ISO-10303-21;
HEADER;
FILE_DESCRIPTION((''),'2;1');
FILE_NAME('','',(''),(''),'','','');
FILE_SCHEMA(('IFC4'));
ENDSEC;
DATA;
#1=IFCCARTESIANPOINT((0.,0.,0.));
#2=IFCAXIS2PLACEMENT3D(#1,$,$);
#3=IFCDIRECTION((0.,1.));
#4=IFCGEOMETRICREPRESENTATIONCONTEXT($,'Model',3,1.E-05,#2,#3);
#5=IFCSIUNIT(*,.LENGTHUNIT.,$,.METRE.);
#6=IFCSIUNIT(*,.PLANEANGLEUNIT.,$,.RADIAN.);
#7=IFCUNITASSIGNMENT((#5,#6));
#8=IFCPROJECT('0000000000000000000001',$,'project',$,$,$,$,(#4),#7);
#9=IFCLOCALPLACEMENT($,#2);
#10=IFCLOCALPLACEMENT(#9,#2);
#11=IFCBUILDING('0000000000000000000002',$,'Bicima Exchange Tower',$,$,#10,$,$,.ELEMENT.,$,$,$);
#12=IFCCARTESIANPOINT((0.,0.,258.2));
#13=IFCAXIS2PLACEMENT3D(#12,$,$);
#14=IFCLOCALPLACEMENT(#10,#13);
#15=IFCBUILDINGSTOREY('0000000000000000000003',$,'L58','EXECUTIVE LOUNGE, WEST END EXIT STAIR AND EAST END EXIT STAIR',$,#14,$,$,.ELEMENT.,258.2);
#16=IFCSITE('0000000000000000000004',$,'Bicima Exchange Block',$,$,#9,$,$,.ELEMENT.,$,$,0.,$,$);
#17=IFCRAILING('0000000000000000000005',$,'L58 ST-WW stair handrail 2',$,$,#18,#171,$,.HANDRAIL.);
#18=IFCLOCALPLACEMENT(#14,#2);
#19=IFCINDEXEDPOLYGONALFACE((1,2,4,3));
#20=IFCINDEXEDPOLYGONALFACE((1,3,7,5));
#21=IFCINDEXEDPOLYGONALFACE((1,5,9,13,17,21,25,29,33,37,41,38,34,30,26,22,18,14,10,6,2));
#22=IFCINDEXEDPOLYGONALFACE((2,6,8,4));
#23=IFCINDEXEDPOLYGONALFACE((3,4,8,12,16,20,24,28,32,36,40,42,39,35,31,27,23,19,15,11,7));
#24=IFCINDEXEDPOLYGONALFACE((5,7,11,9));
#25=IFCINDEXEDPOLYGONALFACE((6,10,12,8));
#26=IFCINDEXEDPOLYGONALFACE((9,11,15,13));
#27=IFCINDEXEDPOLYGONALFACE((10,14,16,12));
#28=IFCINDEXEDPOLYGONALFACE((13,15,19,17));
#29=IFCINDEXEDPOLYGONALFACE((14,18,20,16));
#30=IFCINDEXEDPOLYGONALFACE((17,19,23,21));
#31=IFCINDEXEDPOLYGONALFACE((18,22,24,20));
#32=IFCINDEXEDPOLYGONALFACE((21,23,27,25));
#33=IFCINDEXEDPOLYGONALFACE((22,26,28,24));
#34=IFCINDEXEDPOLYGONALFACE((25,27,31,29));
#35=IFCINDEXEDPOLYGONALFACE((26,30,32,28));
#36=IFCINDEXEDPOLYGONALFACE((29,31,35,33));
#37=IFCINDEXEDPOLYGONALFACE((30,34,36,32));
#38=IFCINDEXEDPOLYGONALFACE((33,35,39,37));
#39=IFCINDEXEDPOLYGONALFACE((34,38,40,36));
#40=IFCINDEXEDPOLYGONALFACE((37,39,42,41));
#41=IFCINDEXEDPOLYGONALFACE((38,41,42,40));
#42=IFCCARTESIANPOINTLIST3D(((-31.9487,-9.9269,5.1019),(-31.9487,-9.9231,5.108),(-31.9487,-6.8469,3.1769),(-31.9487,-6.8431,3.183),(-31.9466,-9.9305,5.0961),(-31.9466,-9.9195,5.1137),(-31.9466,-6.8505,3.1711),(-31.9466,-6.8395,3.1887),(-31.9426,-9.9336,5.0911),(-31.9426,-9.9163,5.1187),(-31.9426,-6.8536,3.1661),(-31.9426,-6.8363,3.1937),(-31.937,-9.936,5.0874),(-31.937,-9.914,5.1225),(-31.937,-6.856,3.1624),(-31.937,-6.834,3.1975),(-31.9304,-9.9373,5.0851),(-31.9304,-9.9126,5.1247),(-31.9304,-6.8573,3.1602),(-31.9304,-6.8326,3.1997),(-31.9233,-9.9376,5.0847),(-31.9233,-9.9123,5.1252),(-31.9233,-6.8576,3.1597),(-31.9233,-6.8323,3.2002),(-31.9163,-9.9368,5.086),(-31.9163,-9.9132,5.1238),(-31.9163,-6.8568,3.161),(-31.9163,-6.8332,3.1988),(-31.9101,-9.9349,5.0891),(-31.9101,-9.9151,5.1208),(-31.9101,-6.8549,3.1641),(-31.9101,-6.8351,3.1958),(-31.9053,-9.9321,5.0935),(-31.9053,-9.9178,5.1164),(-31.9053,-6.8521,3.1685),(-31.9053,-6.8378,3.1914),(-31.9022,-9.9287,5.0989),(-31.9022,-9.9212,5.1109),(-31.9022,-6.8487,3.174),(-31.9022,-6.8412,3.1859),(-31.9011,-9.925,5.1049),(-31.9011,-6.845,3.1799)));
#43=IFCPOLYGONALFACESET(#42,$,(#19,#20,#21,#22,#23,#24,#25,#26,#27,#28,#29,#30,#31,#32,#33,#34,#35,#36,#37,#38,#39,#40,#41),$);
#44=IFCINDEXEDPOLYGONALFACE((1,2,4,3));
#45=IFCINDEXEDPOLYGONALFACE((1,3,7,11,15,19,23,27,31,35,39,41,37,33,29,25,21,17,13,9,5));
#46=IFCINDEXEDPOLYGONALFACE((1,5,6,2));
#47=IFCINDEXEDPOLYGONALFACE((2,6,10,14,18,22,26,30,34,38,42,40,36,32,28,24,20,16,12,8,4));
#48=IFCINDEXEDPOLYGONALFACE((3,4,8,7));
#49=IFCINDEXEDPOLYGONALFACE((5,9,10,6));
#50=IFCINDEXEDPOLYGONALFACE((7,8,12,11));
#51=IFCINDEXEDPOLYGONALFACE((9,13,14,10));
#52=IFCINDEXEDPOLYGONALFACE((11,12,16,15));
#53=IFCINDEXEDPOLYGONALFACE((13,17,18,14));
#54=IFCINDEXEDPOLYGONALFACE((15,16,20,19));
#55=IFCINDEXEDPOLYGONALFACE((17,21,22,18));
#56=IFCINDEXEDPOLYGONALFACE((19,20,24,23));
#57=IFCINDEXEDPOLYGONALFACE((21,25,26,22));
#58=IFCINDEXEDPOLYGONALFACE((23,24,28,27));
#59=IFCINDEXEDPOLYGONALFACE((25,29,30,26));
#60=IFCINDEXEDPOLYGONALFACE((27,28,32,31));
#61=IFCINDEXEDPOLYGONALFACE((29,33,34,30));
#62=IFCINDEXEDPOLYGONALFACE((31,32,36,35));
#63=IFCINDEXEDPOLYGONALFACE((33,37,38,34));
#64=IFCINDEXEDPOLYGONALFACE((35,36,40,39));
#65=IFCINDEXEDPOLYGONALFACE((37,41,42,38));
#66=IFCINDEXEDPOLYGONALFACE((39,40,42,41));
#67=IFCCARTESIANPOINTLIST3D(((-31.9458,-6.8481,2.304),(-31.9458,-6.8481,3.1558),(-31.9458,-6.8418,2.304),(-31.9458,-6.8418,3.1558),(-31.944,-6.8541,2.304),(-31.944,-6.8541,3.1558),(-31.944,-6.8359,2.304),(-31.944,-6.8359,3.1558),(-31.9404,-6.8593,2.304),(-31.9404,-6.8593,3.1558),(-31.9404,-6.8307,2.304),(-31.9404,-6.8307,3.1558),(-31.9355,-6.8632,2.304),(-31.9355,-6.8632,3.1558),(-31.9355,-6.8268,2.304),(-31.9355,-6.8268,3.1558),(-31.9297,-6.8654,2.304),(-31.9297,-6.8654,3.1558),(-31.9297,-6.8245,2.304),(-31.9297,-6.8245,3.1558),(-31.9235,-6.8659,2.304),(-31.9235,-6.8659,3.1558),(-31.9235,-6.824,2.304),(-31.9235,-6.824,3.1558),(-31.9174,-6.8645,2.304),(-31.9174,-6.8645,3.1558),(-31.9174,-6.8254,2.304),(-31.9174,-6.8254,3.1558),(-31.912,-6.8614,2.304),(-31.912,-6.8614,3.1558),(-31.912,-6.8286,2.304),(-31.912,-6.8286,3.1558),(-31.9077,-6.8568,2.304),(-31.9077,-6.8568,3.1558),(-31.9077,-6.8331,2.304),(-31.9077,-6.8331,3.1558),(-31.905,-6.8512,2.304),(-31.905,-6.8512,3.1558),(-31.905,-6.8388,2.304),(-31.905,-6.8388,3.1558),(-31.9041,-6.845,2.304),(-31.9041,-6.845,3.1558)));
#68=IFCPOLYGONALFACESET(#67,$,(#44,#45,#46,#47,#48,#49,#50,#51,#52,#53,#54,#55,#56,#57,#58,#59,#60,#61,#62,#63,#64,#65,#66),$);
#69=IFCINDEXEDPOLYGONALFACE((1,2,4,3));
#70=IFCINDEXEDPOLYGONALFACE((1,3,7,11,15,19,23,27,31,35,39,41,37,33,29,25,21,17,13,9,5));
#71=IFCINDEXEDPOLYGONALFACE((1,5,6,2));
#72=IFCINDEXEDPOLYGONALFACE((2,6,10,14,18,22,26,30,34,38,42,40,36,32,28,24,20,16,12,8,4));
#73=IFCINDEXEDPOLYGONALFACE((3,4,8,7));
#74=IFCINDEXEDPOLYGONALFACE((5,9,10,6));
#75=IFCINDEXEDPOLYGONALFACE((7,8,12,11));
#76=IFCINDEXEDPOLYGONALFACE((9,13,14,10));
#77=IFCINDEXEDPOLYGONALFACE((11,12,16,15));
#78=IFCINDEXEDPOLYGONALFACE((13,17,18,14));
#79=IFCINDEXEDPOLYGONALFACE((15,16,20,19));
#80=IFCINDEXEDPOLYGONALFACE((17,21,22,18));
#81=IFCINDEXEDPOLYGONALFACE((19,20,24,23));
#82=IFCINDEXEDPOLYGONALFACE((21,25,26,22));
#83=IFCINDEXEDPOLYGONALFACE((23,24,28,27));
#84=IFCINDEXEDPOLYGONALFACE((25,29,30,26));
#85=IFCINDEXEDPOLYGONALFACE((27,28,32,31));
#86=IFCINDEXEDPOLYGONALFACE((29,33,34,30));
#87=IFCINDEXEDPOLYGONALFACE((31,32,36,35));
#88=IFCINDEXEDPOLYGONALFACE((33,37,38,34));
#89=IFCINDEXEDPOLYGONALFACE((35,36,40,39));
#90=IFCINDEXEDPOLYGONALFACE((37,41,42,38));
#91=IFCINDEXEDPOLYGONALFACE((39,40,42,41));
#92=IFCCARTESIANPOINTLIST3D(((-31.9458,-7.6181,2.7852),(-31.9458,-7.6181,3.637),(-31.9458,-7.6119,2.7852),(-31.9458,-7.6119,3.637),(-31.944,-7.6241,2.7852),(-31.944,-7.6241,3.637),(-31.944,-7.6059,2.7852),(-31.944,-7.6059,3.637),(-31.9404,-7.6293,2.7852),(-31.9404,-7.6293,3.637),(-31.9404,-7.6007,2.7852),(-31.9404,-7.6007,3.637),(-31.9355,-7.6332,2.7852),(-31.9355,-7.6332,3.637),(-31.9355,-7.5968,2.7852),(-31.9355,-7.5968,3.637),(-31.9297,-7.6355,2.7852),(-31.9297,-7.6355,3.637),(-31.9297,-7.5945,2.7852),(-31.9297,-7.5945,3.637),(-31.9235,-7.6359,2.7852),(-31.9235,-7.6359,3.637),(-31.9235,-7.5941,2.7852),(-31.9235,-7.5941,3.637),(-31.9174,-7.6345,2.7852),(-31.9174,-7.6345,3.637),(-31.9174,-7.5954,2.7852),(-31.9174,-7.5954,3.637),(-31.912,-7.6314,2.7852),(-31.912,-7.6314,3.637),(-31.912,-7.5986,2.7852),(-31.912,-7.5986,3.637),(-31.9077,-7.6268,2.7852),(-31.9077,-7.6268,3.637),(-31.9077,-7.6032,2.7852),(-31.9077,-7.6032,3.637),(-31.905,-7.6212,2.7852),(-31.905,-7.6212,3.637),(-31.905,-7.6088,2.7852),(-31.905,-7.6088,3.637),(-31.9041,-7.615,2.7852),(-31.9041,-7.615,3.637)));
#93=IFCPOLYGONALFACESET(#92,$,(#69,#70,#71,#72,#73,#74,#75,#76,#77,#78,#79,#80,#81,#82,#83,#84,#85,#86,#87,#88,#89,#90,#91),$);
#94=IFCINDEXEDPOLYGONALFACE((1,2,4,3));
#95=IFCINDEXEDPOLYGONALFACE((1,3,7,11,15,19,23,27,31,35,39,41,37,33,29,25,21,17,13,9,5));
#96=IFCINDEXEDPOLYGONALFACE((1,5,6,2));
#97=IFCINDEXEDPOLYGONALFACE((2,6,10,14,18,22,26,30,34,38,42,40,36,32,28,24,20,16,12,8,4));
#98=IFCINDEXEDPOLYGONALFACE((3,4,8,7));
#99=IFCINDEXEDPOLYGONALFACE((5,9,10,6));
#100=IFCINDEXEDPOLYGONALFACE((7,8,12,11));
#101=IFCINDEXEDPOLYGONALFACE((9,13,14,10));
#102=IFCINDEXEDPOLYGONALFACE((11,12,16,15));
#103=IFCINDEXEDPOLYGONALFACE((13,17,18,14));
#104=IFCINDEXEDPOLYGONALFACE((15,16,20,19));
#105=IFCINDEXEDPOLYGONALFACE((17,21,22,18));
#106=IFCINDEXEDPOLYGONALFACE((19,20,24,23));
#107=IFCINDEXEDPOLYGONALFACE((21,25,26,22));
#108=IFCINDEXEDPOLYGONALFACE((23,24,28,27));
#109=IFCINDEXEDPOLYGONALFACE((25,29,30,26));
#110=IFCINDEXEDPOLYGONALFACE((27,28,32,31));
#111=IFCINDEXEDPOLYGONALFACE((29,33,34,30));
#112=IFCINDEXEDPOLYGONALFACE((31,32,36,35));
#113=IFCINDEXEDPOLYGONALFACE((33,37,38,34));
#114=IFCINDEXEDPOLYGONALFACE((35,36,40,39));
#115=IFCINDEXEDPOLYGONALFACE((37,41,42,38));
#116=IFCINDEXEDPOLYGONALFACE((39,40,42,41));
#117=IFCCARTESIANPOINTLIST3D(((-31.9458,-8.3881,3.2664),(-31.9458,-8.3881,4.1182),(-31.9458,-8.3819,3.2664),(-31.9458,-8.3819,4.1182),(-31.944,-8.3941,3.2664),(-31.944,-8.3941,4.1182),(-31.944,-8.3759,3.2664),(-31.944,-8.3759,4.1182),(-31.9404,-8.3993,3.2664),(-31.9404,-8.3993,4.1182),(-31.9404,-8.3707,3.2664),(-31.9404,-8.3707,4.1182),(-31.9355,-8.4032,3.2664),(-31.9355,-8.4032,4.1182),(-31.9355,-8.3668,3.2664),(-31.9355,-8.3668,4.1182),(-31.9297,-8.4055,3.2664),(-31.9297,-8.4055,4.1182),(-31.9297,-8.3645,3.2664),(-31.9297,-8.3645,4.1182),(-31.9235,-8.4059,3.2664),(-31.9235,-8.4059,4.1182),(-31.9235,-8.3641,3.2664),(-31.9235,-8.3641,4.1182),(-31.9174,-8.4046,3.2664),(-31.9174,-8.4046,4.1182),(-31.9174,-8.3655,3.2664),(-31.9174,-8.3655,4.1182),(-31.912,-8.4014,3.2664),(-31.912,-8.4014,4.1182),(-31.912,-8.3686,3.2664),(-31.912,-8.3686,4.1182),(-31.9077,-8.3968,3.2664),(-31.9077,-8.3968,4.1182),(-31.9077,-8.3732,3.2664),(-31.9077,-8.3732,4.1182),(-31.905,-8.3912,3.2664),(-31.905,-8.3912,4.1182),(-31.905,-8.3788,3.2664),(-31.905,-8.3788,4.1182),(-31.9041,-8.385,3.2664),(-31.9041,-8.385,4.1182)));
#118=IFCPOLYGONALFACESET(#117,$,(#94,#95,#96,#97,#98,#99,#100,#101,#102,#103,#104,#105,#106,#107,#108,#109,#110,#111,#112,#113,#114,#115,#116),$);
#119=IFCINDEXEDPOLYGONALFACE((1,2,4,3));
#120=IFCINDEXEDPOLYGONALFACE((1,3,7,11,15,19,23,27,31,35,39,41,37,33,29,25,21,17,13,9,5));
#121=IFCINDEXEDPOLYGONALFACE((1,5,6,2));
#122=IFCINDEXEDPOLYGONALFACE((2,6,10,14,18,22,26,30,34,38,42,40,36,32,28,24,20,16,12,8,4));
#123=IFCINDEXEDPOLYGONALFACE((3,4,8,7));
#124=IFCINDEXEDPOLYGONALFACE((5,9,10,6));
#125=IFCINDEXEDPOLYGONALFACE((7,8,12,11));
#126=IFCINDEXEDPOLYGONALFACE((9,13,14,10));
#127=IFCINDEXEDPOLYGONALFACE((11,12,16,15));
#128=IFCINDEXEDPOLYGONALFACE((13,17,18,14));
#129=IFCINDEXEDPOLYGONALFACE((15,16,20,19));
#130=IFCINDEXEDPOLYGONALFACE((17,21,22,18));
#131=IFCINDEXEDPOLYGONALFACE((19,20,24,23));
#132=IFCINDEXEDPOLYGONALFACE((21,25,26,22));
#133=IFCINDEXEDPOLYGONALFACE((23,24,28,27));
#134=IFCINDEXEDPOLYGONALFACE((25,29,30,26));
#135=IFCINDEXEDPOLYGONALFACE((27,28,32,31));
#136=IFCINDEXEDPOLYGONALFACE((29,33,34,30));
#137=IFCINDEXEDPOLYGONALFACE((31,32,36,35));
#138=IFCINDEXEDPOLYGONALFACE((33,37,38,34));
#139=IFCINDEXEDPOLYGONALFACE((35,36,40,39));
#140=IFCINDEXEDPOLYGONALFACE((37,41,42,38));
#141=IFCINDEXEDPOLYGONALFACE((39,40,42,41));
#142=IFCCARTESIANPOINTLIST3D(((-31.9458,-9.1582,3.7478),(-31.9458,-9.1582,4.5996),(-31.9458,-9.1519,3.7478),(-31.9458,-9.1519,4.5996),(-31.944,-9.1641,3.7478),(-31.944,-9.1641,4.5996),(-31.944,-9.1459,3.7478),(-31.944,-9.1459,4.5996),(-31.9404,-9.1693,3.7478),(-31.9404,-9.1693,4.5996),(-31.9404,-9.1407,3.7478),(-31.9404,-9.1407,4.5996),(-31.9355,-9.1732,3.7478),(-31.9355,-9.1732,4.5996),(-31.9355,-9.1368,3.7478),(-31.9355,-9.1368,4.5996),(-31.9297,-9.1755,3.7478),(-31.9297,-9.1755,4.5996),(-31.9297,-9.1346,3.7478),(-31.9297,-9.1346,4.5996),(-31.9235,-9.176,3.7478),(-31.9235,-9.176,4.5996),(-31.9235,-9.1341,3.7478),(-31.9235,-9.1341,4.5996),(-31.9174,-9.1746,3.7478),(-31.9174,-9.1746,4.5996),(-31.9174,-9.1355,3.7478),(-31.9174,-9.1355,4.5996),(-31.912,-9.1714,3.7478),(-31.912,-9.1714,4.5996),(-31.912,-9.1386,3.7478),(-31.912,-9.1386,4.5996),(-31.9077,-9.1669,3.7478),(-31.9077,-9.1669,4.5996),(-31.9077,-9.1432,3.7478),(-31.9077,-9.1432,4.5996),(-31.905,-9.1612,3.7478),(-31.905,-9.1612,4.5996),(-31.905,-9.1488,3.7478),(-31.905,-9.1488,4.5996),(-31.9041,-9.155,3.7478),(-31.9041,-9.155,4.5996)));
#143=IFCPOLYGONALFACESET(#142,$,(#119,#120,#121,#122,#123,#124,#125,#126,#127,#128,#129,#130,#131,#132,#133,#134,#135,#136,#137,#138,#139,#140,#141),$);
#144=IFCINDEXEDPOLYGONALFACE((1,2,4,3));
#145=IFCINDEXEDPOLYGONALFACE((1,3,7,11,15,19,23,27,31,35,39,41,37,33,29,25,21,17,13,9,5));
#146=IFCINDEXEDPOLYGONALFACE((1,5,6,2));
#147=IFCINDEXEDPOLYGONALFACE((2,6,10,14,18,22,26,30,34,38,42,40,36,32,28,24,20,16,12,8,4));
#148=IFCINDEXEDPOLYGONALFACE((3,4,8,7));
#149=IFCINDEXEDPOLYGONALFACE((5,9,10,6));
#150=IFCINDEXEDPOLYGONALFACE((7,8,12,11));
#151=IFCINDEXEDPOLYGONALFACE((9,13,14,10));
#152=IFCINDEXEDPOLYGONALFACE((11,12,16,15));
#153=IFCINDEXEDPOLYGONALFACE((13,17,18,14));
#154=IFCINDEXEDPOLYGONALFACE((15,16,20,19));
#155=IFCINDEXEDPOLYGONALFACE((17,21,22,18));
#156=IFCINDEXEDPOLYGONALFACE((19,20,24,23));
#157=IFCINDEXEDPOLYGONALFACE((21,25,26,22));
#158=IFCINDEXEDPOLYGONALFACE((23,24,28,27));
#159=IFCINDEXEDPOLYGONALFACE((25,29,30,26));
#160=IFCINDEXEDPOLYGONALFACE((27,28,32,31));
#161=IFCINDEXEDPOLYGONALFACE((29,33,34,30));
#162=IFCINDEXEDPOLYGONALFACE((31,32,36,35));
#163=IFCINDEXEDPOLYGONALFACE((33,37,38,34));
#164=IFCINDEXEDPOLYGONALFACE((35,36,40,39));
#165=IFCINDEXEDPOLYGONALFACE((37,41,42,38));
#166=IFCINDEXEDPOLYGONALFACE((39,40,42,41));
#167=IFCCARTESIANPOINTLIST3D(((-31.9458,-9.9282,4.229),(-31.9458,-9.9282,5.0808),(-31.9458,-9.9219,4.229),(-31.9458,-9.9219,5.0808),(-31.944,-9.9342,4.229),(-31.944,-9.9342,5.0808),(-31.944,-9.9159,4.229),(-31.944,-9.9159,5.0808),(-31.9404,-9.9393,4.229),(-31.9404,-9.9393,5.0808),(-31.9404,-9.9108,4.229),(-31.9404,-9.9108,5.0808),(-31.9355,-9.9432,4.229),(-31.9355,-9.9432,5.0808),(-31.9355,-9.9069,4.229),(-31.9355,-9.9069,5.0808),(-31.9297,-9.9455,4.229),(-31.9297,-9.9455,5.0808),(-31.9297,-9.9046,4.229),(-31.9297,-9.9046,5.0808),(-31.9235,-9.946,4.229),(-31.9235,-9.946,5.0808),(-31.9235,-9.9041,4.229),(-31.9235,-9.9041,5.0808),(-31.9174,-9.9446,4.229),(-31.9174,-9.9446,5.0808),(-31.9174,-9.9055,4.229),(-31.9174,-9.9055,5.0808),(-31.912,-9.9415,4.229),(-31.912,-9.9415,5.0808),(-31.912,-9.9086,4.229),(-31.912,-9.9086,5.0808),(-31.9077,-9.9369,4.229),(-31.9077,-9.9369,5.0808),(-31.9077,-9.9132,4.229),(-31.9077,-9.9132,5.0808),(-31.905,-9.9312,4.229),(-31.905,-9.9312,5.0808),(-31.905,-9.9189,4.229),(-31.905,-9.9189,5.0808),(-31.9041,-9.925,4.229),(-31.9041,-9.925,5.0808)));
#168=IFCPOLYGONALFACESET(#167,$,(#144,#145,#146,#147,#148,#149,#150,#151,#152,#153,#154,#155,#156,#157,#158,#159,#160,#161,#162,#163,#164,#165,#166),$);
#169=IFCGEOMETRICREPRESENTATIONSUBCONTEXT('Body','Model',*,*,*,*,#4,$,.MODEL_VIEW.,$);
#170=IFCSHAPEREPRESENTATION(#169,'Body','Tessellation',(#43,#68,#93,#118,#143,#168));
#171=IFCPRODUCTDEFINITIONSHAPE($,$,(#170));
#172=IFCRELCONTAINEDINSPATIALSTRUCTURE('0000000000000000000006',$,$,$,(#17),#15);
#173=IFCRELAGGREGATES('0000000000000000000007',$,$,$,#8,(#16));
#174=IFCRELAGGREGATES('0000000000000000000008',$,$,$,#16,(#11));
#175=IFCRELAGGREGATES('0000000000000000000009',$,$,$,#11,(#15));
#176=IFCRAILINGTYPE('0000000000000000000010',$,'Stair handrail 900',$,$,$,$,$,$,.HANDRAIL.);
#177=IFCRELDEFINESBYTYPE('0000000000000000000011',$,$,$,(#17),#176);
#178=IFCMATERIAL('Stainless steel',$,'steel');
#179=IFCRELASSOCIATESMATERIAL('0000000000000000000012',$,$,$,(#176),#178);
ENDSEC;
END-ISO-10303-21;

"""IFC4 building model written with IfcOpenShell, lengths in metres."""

from ifc_helpers import new_model, si_unit, direction, frame, origin, origin_2d, place, context, subcontext, project, spatial, circle, extrude, material, type_object, element, save


model = new_model("IFC4")

# Units and contexts
model_context = context("Model", 3, precision=1e-05, world=origin(), true_north=direction((0.0, 1.0)))
body_context = subcontext(model_context, "Body", "Model", "MODEL_VIEW")
ifc_project = project(units=[si_unit("LENGTHUNIT", "METRE"), si_unit("PLANEANGLEUNIT", "RADIAN")], contexts=[model_context])

# Site, building, storey
site_placement = place(None, origin())
site = spatial("IfcSite", under=ifc_project, at=site_placement, Name="Bicima Exchange Block", CompositionType="ELEMENT", RefElevation=0.0)
building_placement = place(site_placement, origin())
building = spatial("IfcBuilding", under=site, at=building_placement, Name="Bicima Exchange Tower", CompositionType="ELEMENT")
storey_placement = place(building_placement, frame((0.0, 0.0, 258.2)))
storey = spatial("IfcBuildingStorey", under=building, at=storey_placement, Name="L58", Description="EXECUTIVE LOUNGE, WEST END EXIT STAIR AND EAST END EXIT STAIR", CompositionType="ELEMENT", Elevation=258.2)

# Railing
ifc_material_1 = material(Name="Stainless steel", Category="steel")
railing_type_1 = type_object("IfcRailingType", Name="Stair handrail 900", PredefinedType="HANDRAIL", material=ifc_material_1)
railing_1_placement = place(storey_placement, frame((-31.925, -6.845, 2.304)))
element("IfcRailing", 1, at=railing_1_placement, inside=storey, type_object=railing_type_1, Name="L58 ST-WW stair handrail 2", PredefinedType="HANDRAIL", context=body_context, shape_type="SweptSolid", body=[
    extrude(circle(Radius=0.0239, at=origin_2d()), frame((0.0, 0.0, 0.876), z_axis=(0.0, -0.847998, 0.529999), x_axis=(1.0, 0.0, 0.0)), (0.0, 0.0, 1.0), 3.6321),
    extrude(circle(Radius=0.021, at=origin_2d()), origin(), (0.0, 0.0, 1.0), 0.8518),
    extrude(circle(Radius=0.021, at=origin_2d()), frame((0.0, -0.77, 0.4812)), (0.0, 0.0, 1.0), 0.8518),
    extrude(circle(Radius=0.021, at=origin_2d()), frame((0.0, -1.54, 0.9624)), (0.0, 0.0, 1.0), 0.8518),
    extrude(circle(Radius=0.021, at=origin_2d()), frame((0.0, -2.3101, 1.4438)), (0.0, 0.0, 1.0), 0.8518),
    extrude(circle(Radius=0.021, at=origin_2d()), frame((0.0, -3.0801, 1.925)), (0.0, 0.0, 1.0), 0.8518),
])

save(model, "model.ifc")
